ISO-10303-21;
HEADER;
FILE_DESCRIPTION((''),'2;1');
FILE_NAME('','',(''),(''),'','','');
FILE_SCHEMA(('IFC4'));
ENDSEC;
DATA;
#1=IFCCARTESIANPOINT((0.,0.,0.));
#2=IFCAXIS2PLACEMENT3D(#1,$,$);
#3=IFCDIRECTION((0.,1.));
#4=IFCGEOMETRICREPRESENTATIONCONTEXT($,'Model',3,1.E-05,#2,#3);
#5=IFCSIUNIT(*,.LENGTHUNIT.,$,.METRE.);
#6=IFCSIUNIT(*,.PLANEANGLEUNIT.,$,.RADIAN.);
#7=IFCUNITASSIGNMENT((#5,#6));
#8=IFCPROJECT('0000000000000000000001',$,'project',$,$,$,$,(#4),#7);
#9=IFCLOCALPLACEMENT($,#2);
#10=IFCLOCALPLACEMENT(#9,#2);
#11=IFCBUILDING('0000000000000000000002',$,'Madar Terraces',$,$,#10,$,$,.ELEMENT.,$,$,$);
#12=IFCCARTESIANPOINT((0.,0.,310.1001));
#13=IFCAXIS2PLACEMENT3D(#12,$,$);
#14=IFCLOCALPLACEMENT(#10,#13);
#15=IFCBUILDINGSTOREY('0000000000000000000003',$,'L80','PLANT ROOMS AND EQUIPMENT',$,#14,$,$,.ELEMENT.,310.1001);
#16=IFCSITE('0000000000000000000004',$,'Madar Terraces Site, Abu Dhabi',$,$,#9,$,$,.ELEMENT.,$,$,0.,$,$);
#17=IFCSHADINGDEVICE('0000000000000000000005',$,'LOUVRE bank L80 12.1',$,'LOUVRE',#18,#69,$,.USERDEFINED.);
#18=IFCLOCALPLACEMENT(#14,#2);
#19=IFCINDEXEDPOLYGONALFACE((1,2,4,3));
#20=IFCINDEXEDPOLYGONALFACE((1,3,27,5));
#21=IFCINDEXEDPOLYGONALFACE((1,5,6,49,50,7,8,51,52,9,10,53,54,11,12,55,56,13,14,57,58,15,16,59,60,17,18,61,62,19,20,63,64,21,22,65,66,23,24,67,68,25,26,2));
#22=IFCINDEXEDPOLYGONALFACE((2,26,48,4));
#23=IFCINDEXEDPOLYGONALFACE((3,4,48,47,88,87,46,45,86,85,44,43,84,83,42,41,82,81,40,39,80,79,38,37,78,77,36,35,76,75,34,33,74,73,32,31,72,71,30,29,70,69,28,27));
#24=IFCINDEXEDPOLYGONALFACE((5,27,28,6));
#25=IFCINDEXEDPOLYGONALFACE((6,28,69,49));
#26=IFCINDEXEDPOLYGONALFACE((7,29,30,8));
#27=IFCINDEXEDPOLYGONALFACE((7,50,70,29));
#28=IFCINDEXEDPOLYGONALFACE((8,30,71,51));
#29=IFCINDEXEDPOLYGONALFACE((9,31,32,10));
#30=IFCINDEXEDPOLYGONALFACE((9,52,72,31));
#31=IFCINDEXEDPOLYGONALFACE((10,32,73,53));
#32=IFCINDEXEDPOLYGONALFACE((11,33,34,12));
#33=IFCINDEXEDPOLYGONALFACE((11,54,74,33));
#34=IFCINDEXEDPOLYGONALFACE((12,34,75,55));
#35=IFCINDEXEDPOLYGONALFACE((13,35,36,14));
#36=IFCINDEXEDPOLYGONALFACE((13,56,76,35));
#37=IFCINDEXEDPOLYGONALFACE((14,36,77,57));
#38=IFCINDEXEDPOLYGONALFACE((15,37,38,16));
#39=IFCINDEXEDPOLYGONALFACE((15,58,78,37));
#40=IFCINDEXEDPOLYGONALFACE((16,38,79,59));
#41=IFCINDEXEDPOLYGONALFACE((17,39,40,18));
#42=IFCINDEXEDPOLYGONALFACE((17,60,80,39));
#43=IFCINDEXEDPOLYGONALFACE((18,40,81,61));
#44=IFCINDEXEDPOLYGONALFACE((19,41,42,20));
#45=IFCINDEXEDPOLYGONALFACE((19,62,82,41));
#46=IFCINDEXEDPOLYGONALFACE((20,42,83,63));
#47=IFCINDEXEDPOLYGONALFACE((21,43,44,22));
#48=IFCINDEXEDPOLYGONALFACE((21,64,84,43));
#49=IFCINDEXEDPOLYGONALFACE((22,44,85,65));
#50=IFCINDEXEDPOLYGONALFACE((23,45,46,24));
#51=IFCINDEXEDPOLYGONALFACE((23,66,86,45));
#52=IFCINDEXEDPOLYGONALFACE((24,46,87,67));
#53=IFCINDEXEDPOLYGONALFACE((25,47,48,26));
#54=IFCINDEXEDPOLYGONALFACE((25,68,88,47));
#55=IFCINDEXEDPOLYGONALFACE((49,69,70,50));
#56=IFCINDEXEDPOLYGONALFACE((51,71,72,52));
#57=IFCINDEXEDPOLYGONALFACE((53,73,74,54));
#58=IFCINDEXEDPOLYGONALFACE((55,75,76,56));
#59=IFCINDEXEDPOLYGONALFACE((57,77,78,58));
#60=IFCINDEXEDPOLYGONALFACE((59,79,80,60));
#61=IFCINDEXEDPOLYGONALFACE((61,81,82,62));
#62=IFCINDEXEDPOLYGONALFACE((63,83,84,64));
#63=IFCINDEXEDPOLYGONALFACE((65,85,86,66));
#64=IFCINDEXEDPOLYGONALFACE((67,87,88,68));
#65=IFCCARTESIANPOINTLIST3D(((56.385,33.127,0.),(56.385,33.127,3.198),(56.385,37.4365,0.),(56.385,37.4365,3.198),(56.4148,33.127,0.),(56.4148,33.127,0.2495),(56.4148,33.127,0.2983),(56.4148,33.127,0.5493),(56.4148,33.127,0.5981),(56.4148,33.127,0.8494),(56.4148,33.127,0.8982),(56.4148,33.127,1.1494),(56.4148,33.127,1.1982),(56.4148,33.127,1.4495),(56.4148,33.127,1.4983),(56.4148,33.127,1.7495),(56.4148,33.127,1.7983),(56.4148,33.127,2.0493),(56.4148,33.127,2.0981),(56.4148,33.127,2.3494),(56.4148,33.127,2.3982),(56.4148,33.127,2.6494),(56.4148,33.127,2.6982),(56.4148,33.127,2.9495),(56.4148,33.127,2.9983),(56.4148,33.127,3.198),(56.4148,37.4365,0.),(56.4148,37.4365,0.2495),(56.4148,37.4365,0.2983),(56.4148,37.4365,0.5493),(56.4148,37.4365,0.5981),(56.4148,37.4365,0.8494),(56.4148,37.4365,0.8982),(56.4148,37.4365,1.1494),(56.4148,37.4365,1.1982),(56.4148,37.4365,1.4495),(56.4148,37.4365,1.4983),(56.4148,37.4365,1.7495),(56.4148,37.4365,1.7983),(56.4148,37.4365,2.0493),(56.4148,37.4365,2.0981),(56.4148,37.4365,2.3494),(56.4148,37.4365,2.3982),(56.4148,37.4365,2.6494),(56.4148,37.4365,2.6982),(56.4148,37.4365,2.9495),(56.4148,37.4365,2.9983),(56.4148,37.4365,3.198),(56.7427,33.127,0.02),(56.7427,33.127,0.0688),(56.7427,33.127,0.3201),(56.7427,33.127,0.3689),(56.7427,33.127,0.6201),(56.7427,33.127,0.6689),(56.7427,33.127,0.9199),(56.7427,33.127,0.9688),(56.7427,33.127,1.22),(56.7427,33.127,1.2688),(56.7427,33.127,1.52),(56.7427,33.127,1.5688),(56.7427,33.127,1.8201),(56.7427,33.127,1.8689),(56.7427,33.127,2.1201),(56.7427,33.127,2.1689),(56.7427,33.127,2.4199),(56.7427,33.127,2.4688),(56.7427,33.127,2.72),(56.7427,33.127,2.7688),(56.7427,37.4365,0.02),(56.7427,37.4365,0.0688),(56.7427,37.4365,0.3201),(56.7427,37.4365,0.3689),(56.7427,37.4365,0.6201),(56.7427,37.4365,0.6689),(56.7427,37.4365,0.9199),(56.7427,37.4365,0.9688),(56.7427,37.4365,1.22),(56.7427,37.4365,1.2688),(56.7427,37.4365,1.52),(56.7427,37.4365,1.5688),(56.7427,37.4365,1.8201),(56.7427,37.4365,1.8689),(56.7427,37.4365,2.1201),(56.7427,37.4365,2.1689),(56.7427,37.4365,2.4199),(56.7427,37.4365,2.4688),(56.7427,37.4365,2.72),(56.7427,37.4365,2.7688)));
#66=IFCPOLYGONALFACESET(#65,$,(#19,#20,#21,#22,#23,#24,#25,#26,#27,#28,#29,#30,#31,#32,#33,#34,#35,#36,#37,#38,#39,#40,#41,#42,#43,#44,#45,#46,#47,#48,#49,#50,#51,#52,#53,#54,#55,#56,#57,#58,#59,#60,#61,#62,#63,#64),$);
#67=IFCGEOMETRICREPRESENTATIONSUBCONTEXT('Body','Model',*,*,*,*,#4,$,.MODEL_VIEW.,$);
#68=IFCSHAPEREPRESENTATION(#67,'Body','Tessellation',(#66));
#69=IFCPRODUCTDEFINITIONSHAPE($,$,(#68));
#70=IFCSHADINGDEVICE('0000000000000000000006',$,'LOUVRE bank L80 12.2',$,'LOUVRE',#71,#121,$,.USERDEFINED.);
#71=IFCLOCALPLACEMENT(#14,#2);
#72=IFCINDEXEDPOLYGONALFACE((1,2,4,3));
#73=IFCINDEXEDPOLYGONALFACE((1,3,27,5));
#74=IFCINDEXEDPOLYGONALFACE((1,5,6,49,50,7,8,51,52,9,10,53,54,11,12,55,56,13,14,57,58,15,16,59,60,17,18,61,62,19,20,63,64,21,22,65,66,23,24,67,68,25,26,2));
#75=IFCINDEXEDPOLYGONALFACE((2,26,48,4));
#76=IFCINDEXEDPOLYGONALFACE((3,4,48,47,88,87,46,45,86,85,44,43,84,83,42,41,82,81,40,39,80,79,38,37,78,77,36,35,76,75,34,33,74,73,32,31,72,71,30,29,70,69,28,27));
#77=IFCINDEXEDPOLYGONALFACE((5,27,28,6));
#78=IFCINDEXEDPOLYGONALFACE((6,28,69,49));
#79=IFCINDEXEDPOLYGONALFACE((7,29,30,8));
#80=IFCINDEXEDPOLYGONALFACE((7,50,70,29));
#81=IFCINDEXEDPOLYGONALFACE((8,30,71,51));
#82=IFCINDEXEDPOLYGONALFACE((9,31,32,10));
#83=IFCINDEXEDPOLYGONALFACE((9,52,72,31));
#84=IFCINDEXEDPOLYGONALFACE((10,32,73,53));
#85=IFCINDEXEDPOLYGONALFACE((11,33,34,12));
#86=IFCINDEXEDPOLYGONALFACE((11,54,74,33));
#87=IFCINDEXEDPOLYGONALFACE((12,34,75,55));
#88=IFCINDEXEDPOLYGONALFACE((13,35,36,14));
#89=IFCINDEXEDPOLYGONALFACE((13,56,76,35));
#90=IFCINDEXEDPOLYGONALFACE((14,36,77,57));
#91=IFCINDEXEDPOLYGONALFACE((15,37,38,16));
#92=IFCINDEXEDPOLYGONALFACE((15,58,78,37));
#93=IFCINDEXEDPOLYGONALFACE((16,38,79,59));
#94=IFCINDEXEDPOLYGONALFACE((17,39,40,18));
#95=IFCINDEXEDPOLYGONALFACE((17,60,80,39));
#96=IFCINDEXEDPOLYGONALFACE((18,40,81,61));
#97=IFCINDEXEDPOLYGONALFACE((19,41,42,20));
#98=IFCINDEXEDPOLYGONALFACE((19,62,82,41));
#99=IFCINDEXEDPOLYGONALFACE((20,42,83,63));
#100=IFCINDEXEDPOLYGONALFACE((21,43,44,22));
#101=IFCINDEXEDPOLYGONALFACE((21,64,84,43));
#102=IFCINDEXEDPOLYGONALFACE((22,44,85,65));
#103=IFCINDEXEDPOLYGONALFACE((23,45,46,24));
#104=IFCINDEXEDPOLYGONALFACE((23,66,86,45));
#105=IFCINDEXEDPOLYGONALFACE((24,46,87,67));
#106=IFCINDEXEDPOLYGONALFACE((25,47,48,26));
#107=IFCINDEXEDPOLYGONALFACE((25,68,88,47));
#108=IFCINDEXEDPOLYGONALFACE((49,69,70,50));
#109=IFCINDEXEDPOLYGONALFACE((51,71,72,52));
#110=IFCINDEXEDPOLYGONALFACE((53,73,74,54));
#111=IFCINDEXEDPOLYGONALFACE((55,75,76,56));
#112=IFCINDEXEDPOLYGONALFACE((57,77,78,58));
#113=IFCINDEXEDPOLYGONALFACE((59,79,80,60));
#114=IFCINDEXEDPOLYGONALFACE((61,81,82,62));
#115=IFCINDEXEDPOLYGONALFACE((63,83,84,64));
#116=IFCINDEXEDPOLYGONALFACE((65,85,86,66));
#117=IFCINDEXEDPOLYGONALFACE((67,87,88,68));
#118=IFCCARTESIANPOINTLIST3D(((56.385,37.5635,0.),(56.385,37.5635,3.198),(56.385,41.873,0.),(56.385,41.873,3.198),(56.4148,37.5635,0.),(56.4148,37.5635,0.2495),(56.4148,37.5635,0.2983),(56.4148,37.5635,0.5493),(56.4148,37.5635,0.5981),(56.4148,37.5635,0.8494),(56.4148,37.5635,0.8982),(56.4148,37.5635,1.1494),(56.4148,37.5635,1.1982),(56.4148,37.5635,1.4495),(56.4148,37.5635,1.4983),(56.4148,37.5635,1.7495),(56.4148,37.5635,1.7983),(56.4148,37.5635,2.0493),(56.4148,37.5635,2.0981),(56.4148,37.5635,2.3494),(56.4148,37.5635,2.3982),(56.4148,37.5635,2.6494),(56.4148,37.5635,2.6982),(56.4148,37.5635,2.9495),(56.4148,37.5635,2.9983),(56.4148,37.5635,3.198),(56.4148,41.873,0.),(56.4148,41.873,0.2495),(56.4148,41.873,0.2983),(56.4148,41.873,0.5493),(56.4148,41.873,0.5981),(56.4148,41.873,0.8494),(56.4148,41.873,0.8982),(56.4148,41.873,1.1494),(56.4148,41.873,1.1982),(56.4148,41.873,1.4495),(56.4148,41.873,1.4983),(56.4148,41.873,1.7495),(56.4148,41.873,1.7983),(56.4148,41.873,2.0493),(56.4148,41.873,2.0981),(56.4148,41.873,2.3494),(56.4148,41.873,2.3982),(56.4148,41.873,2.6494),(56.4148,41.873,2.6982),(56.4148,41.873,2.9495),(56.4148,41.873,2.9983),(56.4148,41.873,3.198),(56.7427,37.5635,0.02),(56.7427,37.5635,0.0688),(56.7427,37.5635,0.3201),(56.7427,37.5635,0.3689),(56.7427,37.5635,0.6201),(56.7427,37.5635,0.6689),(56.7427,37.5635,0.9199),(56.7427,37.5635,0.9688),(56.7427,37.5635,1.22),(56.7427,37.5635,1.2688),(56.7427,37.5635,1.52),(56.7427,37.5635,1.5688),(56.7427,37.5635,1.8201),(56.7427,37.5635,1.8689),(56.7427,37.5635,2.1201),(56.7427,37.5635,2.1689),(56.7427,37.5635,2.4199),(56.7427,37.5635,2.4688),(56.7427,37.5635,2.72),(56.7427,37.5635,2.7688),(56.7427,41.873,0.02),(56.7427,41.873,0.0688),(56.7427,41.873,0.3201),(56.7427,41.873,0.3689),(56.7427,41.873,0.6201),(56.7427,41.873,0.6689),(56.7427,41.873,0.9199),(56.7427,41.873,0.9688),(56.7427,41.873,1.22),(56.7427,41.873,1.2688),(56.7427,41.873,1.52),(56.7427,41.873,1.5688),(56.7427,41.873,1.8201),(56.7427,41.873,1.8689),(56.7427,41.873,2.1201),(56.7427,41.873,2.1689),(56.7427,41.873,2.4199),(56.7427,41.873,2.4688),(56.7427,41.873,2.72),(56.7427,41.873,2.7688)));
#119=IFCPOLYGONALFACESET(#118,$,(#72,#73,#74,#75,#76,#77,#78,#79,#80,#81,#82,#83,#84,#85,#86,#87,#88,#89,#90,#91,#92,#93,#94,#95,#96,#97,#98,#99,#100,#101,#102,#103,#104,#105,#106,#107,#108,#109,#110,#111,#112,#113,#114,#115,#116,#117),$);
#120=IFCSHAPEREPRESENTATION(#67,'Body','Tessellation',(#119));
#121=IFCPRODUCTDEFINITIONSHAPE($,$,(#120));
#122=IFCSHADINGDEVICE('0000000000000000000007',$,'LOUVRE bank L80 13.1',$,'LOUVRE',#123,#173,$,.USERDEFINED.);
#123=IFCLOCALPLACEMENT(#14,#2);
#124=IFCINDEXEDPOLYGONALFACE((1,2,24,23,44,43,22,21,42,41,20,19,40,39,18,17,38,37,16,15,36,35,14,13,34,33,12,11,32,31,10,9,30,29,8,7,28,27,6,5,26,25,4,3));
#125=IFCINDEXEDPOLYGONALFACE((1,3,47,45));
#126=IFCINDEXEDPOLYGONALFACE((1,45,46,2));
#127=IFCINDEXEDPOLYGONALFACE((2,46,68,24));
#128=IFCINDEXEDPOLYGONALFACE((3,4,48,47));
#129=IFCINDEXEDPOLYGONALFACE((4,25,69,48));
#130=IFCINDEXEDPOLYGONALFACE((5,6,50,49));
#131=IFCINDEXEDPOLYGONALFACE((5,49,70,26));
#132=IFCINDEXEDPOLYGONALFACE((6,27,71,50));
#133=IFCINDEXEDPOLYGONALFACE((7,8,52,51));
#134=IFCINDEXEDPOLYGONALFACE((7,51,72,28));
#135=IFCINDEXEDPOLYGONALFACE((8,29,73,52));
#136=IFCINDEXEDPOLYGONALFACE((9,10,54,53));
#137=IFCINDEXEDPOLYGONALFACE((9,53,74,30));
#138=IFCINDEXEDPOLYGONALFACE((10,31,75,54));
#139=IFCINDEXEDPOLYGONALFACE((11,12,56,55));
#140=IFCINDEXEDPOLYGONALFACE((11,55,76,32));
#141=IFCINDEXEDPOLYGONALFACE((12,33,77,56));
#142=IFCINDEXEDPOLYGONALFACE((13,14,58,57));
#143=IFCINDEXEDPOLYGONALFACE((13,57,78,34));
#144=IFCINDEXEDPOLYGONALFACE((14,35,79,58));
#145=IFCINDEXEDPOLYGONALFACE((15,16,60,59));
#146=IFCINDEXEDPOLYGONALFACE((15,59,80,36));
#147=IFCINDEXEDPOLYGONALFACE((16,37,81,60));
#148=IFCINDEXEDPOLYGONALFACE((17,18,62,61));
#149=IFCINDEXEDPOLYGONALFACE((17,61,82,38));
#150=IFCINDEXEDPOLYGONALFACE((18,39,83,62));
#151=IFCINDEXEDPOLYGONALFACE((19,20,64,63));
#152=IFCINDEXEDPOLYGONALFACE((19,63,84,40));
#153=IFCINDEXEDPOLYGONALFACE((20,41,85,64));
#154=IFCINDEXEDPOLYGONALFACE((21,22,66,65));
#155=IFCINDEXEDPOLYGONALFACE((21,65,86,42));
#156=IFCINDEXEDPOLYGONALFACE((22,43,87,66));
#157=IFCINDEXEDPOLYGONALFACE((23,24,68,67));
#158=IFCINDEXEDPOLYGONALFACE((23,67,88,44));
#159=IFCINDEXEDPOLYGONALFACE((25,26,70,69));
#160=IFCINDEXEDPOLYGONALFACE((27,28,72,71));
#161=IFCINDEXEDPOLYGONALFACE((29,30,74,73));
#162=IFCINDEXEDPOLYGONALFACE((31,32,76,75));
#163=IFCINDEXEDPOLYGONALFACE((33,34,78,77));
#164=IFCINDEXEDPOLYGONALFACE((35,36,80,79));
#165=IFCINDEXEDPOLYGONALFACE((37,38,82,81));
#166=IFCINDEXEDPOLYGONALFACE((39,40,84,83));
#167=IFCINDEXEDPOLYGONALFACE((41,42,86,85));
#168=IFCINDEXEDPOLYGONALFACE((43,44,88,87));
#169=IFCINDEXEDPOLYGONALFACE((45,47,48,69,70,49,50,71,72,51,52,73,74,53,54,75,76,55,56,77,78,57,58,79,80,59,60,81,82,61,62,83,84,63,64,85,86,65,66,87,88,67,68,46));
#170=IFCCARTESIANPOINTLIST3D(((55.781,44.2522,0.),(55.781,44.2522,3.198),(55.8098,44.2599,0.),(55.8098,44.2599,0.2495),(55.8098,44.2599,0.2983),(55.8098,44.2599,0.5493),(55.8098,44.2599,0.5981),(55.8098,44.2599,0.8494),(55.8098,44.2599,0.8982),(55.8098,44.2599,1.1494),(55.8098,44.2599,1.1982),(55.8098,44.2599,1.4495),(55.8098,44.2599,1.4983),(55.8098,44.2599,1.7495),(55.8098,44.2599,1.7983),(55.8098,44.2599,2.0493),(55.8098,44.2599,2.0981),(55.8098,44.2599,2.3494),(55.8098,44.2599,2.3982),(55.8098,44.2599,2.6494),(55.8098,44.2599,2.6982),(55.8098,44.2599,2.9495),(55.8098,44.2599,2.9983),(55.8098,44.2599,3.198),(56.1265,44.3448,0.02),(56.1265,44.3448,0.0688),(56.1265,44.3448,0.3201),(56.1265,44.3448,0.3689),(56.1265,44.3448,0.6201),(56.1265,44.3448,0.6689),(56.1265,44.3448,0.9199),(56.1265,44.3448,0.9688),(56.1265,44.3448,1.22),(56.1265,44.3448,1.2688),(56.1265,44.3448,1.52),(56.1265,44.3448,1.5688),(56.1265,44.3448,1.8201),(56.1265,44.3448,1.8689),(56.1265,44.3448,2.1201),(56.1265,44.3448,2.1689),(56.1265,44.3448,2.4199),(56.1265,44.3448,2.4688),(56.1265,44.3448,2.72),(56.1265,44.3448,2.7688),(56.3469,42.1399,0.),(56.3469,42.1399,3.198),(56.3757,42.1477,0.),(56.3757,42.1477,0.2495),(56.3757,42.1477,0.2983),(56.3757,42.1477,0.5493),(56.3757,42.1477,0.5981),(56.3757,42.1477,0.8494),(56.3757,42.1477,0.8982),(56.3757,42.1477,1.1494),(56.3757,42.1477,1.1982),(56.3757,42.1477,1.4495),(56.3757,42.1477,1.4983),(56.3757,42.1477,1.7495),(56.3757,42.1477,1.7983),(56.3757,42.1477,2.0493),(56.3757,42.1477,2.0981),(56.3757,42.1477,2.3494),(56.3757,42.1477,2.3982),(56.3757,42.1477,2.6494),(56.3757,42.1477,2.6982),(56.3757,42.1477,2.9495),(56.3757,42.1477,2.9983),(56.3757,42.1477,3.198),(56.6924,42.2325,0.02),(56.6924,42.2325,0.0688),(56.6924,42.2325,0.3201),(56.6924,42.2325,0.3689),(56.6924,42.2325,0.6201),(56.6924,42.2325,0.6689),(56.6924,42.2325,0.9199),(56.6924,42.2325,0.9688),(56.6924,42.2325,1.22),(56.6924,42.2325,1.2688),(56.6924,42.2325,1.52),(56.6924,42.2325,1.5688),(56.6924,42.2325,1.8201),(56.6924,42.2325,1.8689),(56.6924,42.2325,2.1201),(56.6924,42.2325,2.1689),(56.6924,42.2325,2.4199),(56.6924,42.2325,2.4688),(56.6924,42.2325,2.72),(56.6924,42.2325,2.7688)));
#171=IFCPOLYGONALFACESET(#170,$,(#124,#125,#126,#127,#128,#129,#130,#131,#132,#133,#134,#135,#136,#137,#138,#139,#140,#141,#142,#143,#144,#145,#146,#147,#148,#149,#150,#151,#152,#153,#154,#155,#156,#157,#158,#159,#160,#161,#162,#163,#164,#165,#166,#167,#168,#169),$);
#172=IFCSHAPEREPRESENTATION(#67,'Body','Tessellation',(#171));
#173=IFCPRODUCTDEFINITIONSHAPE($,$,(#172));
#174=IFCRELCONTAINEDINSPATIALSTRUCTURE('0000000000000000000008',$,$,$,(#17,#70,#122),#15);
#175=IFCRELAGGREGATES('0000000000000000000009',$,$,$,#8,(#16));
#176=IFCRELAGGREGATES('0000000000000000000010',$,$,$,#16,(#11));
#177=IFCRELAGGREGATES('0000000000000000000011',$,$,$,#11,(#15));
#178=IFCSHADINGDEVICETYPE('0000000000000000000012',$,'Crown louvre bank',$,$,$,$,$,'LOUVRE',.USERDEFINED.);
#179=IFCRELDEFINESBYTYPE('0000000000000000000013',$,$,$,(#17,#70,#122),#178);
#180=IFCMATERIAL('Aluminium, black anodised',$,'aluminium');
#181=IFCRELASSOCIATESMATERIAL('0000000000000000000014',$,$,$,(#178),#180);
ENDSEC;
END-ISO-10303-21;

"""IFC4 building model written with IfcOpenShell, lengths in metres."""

from ifc_helpers import new_model, si_unit, direction, frame, origin, place, context, subcontext, project, spatial, polyline, outline, extrude, material, type_object, element, save


model = new_model("IFC4")

# Units and contexts
model_context = context("Model", 3, precision=1e-05, world=origin(), true_north=direction((0.0, 1.0)))
body_context = subcontext(model_context, "Body", "Model", "MODEL_VIEW")
ifc_project = project(units=[si_unit("LENGTHUNIT", "METRE"), si_unit("PLANEANGLEUNIT", "RADIAN")], contexts=[model_context])

# Site, building, storey
site_placement = place(None, origin())
site = spatial("IfcSite", under=ifc_project, at=site_placement, Name="Madar Terraces Site, Abu Dhabi", CompositionType="ELEMENT", RefElevation=0.0)
building_placement = place(site_placement, origin())
building = spatial("IfcBuilding", under=site, at=building_placement, Name="Madar Terraces", CompositionType="ELEMENT")
storey_placement = place(building_placement, frame((0.0, 0.0, 310.1001)))
storey = spatial("IfcBuildingStorey", under=building, at=storey_placement, Name="L80", Description="PLANT ROOMS AND EQUIPMENT", CompositionType="ELEMENT", Elevation=310.1001)

# Shading devices
ifc_material_1 = material(Name="Aluminium, black anodised", Category="aluminium")
shading_device_type = type_object("IfcShadingDeviceType", Name="Crown louvre bank", ElementType="LOUVRE", PredefinedType="USERDEFINED", material=ifc_material_1)
for number, where, z_axis, x_axis, name in (
    (1, (56.3999, 33.127, 0.0), (0.0, 1.0, 0.0), (-1.0, 0.0, 0.0), "LOUVRE bank L80 12.1"),
    (2, (56.3999, 37.5635, 0.0), (0.0, 1.0, 0.0), (-1.0, 0.0, 0.0), "LOUVRE bank L80 12.2"),
):
    element("IfcShadingDevice", number, at=place(storey_placement, frame(where, z_axis=z_axis, x_axis=x_axis)), inside=storey, type_object=shading_device_type, Name=name, ObjectType="LOUVRE", PredefinedType="USERDEFINED", context=body_context, shape_type="SweptSolid", body=[
        extrude(outline(polyline([(0.0149, 0.0), (-0.0149, 0.0), (-0.0149, 0.2495), (-0.3428, 0.02), (-0.3428, 0.0688), (-0.0149, 0.2983), (-0.0149, 0.5493), (-0.3428, 0.3201), (-0.3428, 0.3689), (-0.0149, 0.5981), (-0.0149, 0.8494), (-0.3428, 0.6201), (-0.3428, 0.6689), (-0.0149, 0.8982), (-0.0149, 1.1494), (-0.3428, 0.9199), (-0.3428, 0.9688), (-0.0149, 1.1982), (-0.0149, 1.4495), (-0.3428, 1.22), (-0.3428, 1.2688), (-0.0149, 1.4983), (-0.0149, 1.7495), (-0.3428, 1.52), (-0.3428, 1.5688), (-0.0149, 1.7983), (-0.0149, 2.0493), (-0.3428, 1.8201), (-0.3428, 1.8689), (-0.0149, 2.0981), (-0.0149, 2.3494), (-0.3428, 2.1201), (-0.3428, 2.1689), (-0.0149, 2.3982), (-0.0149, 2.6494), (-0.3428, 2.4199), (-0.3428, 2.4688), (-0.0149, 2.6982), (-0.0149, 2.9495), (-0.3428, 2.72), (-0.3428, 2.7688), (-0.0149, 2.9983), (-0.0149, 3.198), (0.0149, 3.198), (0.0149, 0.0)])), origin(), (0.0, 0.0, 1.0), 4.3096),
    ])
shading_device_1_placement = place(storey_placement, frame((56.3613, 42.1438, 0.0), z_axis=(-0.258788, 0.965934, 0.0), x_axis=(-0.965934, -0.258788, 0.0)))
element("IfcShadingDevice", 3, at=shading_device_1_placement, inside=storey, type_object=shading_device_type, Name="LOUVRE bank L80 13.1", ObjectType="LOUVRE", PredefinedType="USERDEFINED", context=body_context, shape_type="SweptSolid", body=[
    extrude(outline(polyline([(0.0149, 0.0), (-0.0149, 0.0), (-0.0149, 0.2495), (-0.3428, 0.02), (-0.3428, 0.0688), (-0.0149, 0.2983), (-0.0149, 0.5493), (-0.3428, 0.3201), (-0.3428, 0.3689), (-0.0149, 0.5981), (-0.0149, 0.8494), (-0.3428, 0.6201), (-0.3428, 0.6689), (-0.0149, 0.8982), (-0.0149, 1.1494), (-0.3428, 0.9199), (-0.3428, 0.9688), (-0.0149, 1.1982), (-0.0149, 1.4495), (-0.3428, 1.22), (-0.3428, 1.2688), (-0.0149, 1.4983), (-0.0149, 1.7495), (-0.3428, 1.52), (-0.3428, 1.5688), (-0.0149, 1.7983), (-0.0149, 2.0493), (-0.3428, 1.8201), (-0.3428, 1.8689), (-0.0149, 2.0981), (-0.0149, 2.3494), (-0.3428, 2.1201), (-0.3428, 2.1689), (-0.0149, 2.3982), (-0.0149, 2.6494), (-0.3428, 2.4199), (-0.3428, 2.4688), (-0.0149, 2.6982), (-0.0149, 2.9495), (-0.3428, 2.72), (-0.3428, 2.7688), (-0.0149, 2.9983), (-0.0149, 3.198), (0.0149, 3.198), (0.0149, 0.0)])), origin(), (0.0, 0.0, 1.0), 2.1868),
])

save(model, "model.ifc")
